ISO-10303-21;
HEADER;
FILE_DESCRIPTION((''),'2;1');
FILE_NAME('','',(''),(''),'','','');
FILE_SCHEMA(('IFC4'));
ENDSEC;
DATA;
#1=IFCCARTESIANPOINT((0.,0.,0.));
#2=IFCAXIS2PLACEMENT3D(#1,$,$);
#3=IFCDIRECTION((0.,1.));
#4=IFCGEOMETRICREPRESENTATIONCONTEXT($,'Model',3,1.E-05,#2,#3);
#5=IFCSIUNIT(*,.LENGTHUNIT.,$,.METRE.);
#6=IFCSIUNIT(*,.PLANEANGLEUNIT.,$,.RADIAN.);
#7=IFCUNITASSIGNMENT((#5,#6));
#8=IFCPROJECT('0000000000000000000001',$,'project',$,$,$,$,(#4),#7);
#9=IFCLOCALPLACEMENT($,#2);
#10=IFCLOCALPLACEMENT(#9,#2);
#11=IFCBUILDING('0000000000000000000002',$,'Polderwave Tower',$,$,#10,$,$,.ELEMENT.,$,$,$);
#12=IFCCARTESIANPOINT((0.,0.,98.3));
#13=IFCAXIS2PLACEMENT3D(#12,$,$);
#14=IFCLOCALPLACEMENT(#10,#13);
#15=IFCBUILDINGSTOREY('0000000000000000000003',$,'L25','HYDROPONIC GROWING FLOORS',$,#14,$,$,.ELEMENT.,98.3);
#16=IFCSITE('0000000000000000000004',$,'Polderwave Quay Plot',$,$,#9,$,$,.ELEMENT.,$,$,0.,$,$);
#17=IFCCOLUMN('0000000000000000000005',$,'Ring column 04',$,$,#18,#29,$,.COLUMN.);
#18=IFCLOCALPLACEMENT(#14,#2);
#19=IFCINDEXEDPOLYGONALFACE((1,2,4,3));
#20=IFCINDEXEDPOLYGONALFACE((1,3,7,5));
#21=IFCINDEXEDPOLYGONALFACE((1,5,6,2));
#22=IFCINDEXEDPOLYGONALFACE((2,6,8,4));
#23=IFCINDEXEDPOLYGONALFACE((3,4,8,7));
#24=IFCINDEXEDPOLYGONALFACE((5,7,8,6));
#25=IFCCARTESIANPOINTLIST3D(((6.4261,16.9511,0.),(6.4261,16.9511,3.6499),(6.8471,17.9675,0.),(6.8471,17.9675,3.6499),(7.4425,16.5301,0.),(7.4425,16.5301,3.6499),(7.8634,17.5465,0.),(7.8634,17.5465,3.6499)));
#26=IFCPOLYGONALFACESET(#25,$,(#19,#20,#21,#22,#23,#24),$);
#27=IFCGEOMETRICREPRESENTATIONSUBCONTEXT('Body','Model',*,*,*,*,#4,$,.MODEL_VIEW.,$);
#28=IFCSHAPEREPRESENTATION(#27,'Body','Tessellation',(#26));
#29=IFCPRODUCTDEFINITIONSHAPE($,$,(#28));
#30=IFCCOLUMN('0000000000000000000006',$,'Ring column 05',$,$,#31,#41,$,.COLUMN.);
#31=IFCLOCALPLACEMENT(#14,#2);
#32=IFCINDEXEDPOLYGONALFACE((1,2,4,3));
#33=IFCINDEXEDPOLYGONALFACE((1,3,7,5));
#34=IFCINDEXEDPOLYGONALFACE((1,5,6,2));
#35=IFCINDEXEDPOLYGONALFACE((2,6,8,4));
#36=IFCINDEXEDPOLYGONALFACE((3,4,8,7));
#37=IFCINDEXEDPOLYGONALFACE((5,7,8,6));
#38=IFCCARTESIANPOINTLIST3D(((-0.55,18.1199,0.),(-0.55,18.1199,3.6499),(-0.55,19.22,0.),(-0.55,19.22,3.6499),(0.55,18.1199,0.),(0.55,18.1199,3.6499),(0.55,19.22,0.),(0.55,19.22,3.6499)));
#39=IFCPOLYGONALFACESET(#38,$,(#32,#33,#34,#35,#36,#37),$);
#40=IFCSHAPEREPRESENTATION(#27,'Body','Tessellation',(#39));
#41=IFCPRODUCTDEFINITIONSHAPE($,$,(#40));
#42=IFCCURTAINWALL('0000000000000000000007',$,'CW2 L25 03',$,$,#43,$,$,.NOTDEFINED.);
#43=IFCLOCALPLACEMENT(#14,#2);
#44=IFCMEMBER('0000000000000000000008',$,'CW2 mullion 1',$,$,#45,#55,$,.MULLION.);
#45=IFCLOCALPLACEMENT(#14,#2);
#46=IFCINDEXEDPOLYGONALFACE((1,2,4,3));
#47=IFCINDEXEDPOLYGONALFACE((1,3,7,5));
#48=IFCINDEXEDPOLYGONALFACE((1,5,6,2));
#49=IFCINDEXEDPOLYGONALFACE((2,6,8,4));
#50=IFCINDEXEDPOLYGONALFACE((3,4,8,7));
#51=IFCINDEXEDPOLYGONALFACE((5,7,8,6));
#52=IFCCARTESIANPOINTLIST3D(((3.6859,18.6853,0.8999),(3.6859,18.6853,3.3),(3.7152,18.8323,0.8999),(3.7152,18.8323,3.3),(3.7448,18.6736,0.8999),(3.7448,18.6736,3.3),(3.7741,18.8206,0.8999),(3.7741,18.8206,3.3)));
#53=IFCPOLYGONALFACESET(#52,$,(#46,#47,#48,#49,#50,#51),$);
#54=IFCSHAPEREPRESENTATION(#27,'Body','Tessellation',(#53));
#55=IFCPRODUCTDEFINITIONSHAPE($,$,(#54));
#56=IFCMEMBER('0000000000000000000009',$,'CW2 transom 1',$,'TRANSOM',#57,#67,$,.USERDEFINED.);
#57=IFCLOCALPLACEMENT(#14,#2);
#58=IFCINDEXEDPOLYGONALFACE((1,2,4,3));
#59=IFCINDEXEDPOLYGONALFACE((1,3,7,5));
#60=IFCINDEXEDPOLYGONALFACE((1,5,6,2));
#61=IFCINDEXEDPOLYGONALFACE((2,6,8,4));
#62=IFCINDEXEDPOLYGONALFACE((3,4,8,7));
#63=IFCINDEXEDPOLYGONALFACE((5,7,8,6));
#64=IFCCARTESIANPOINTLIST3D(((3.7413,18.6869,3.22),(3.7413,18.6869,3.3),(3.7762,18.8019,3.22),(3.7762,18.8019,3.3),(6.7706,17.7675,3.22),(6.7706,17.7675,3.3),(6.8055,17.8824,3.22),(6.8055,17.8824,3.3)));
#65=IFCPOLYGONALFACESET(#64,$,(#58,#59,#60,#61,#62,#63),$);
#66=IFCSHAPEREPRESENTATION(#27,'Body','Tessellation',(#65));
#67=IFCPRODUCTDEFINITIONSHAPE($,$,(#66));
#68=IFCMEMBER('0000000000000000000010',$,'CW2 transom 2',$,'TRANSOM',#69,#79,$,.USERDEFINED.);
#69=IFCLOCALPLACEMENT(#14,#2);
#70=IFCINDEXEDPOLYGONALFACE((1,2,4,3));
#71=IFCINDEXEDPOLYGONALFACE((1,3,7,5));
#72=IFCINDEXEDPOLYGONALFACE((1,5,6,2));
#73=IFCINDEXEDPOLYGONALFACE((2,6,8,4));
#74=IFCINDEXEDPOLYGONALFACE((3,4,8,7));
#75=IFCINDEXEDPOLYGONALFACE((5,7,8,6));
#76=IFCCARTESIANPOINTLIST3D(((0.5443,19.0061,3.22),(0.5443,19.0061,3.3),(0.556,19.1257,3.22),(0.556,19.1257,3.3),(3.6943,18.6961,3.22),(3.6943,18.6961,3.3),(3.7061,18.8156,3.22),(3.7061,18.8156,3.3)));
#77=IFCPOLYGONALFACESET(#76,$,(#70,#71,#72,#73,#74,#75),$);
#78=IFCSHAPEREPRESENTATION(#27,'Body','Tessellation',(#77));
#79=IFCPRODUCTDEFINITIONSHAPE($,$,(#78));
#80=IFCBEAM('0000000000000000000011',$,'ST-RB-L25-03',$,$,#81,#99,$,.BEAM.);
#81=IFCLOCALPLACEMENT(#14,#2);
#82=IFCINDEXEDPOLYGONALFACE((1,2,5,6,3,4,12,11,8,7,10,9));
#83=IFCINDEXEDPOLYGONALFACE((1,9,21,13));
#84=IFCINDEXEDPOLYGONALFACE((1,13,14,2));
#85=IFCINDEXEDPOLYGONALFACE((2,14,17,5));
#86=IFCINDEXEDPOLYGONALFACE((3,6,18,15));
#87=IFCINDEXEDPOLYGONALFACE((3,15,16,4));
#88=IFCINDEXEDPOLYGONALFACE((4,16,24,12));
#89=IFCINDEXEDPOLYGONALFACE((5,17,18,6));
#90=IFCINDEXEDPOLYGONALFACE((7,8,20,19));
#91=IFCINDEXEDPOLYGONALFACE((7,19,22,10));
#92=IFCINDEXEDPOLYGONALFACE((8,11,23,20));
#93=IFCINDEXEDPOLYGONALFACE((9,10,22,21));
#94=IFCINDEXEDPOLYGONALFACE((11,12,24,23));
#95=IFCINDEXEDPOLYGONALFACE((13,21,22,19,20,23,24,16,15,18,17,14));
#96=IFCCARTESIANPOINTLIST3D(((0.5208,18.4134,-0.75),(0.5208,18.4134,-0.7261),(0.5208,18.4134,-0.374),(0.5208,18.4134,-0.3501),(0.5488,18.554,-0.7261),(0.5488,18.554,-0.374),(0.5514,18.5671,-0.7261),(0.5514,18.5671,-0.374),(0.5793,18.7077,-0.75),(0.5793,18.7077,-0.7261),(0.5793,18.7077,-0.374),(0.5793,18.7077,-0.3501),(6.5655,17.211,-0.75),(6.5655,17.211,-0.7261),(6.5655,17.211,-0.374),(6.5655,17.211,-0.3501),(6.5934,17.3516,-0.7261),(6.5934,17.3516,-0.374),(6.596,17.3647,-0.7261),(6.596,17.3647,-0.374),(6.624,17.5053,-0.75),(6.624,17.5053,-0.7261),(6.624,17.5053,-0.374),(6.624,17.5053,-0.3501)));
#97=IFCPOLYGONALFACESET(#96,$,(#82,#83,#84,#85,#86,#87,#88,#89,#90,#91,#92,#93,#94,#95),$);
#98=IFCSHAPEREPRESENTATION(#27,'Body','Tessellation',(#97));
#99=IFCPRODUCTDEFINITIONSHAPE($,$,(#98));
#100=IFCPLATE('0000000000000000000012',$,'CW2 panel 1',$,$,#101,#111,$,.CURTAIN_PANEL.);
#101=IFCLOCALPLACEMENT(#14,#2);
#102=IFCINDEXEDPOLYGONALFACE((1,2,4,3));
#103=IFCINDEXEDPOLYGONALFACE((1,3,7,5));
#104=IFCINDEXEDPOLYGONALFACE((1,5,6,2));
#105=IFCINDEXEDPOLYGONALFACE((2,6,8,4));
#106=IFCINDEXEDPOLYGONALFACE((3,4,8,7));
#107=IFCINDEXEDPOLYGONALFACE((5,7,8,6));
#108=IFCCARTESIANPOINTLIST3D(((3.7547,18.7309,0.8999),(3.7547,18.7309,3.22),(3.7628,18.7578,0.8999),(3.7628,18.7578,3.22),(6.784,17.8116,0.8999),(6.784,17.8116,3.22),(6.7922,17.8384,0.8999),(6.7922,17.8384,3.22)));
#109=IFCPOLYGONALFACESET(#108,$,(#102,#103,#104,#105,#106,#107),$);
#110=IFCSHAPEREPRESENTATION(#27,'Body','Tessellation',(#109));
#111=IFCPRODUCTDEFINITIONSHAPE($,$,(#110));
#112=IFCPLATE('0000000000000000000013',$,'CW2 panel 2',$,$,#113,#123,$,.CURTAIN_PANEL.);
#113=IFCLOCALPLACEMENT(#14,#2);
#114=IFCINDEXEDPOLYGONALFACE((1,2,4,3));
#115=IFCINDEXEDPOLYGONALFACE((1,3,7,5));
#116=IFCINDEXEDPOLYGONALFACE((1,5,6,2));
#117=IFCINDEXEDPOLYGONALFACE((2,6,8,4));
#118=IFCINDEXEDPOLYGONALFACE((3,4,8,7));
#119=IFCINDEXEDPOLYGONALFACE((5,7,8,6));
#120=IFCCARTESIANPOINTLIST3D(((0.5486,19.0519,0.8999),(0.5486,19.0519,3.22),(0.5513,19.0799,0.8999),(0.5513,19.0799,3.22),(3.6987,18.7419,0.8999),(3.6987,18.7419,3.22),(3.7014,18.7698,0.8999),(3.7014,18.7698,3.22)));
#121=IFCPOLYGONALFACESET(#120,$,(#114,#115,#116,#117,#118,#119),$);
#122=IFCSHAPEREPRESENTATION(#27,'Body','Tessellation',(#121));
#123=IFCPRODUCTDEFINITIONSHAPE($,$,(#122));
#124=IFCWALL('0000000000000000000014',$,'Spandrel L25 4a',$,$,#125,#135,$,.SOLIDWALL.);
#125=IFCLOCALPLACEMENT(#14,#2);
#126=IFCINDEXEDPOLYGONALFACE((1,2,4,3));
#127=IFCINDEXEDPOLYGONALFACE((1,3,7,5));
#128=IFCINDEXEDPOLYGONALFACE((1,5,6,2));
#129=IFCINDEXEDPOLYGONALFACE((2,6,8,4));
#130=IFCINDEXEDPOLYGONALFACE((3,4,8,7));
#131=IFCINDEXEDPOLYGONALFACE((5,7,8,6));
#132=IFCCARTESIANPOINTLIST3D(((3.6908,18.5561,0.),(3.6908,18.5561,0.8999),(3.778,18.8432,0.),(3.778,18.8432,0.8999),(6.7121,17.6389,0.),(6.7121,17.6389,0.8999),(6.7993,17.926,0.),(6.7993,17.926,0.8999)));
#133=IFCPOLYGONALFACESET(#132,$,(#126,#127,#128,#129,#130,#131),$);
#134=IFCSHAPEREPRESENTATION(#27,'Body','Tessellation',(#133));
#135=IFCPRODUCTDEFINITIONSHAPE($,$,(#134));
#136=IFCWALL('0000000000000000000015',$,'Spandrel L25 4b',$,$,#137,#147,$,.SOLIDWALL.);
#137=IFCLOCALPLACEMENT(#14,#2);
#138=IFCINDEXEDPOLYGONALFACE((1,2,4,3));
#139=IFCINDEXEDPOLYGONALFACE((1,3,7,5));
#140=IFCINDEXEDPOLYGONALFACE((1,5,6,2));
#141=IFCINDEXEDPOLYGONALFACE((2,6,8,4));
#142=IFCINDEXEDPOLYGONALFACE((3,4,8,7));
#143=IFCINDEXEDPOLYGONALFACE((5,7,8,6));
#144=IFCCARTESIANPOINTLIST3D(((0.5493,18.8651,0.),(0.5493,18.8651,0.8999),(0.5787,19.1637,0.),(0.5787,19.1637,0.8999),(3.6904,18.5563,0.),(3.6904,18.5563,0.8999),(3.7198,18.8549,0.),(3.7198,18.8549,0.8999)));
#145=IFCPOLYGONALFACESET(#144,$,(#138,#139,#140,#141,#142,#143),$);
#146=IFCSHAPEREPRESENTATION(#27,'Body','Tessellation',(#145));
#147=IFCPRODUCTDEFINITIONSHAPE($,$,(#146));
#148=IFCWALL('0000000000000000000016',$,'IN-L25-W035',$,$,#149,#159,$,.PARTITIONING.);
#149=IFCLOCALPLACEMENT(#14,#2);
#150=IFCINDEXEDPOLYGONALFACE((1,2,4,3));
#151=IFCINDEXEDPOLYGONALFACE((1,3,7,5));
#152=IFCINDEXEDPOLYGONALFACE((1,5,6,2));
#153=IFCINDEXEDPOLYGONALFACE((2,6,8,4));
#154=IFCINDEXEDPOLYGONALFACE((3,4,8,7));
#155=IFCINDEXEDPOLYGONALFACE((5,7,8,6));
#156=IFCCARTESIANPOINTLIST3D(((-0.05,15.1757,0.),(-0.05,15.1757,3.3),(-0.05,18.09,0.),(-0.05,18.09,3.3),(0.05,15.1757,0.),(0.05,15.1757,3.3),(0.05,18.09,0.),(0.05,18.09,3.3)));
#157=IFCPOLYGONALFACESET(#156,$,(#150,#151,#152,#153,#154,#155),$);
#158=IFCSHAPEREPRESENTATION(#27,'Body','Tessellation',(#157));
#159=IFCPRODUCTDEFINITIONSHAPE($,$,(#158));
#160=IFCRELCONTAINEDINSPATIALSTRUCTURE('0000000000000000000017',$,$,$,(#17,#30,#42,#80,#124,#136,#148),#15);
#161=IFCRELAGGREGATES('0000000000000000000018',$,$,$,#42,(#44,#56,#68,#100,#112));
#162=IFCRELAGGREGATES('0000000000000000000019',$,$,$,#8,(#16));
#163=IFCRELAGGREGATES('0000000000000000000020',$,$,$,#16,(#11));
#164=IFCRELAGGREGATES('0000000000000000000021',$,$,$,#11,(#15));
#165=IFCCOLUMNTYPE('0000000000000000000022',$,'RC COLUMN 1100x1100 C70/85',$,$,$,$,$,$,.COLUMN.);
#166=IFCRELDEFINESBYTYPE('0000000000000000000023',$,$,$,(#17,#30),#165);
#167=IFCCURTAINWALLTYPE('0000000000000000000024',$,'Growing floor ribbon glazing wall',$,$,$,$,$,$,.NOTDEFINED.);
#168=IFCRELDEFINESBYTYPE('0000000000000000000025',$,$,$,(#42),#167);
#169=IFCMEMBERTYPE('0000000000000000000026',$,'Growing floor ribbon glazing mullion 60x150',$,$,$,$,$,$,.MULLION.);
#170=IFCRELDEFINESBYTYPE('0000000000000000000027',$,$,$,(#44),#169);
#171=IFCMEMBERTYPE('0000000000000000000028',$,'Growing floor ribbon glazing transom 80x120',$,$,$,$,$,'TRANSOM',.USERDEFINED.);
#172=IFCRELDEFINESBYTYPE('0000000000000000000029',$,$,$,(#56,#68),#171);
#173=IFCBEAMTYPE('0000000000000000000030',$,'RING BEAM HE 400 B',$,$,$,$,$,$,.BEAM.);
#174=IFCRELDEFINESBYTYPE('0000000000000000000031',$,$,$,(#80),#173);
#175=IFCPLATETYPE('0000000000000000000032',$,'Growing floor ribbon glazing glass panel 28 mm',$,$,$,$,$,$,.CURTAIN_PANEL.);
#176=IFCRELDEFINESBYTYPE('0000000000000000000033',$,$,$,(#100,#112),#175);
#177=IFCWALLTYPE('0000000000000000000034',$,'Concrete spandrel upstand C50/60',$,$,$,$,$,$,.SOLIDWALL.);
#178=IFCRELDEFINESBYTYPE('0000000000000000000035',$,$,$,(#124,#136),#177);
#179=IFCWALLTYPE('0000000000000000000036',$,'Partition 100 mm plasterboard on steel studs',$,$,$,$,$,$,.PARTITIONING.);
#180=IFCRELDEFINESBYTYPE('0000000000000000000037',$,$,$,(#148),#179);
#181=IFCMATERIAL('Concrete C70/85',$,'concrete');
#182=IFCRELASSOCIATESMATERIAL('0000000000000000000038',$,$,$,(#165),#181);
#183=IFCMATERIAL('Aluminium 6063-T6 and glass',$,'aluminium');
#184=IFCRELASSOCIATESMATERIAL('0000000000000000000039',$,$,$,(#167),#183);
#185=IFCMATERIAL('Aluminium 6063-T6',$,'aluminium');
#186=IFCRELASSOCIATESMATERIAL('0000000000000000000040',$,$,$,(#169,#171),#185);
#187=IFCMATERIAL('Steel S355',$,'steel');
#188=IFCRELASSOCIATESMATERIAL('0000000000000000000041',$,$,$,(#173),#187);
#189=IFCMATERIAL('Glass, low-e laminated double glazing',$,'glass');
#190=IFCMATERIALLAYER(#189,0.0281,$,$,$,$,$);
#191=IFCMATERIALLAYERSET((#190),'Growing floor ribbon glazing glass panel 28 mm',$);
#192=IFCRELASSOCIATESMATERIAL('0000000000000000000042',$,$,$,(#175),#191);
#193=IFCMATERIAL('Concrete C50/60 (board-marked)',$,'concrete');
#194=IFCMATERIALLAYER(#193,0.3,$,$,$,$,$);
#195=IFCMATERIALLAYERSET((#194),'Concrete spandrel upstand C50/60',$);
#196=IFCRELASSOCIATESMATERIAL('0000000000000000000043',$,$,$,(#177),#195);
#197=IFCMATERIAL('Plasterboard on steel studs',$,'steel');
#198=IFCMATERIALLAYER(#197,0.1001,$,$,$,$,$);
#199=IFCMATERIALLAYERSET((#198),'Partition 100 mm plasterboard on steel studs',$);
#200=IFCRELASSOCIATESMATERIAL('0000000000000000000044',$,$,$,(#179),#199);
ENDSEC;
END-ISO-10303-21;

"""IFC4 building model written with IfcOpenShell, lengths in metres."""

from ifc_helpers import new_model, si_unit, direction, frame, frame_2d, origin, origin_2d, place, context, subcontext, project, spatial, rectangle, i_section, extrude, material, layer, layer_set, material_profile, profile_set, type_object, element, aggregate, save


model = new_model("IFC4")

# Units and contexts
model_context = context("Model", 3, precision=1e-05, world=origin(), true_north=direction((0.0, 1.0)))
body_context = subcontext(model_context, "Body", "Model", "MODEL_VIEW")
ifc_project = project(units=[si_unit("LENGTHUNIT", "METRE"), si_unit("PLANEANGLEUNIT", "RADIAN")], contexts=[model_context])

# Site, building, storey
site_placement = place(None, origin())
site = spatial("IfcSite", under=ifc_project, at=site_placement, Name="Polderwave Quay Plot", CompositionType="ELEMENT", RefElevation=0.0)
building_placement = place(site_placement, origin())
building = spatial("IfcBuilding", under=site, at=building_placement, Name="Polderwave Tower", CompositionType="ELEMENT")
storey_placement = place(building_placement, frame((0.0, 0.0, 98.3)))
storey = spatial("IfcBuildingStorey", under=building, at=storey_placement, Name="L25", Description="HYDROPONIC GROWING FLOORS", CompositionType="ELEMENT", Elevation=98.3)

# Columns
ifc_material_1 = material(Name="Concrete C70/85", Category="concrete")
ifc_material_profile_1 = material_profile(ifc_material_1, rectangle(XDim=1.1001, YDim=1.1001, at=origin_2d()), Name="RC 1100x1100")
ifc_profile_set_1 = profile_set([ifc_material_profile_1], Name="Concrete C70/85")
column_type = type_object("IfcColumnType", Name="RC COLUMN 1100x1100 C70/85", PredefinedType="COLUMN", material=ifc_profile_set_1)
for number, where, z_axis, x_axis, name in (
    (1, (7.1448, 17.2488, 0.0), (0.0, 0.0, 1.0), (0.382683, 0.92388, 0.0), "Ring column 04"),
    (2, (0.0, 18.6699, 0.0), (0.0, 0.0, 1.0), (0.0, 1.0, 0.0), "Ring column 05"),
):
    element("IfcColumn", number, at=place(storey_placement, frame(where, z_axis=z_axis, x_axis=x_axis)), inside=storey, type_object=column_type, Name=name, PredefinedType="COLUMN", context=body_context, shape_type="SweptSolid", body=[
        extrude(rectangle(XDim=1.1001, YDim=1.1001, at=origin_2d()), origin(), (0.0, 0.0, 1.0), 3.6499),
    ])

# Curtain wall, members
ifc_material_2 = material(Name="Aluminium 6063-T6 and glass", Category="aluminium")
curtain_wall_type = type_object("IfcCurtainWallType", Name="Growing floor ribbon glazing wall", PredefinedType="NOTDEFINED", material=ifc_material_2)
curtain_wall_placement = place(storey_placement, origin())
curtain_wall = element("IfcCurtainWall", 3, at=curtain_wall_placement, inside=storey, type_object=curtain_wall_type, Name="CW2 L25 03", PredefinedType="NOTDEFINED")
ifc_material_3 = material(Name="Aluminium 6063-T6", Category="aluminium")
ifc_material_profile_2 = material_profile(ifc_material_3, rectangle(XDim=0.1499, YDim=0.0601, at=origin_2d()), Name="AL 60x150")
ifc_profile_set_2 = profile_set([ifc_material_profile_2], Name="Aluminium 6063-T6")
member_type_1 = type_object("IfcMemberType", Name="Growing floor ribbon glazing mullion 60x150", PredefinedType="MULLION", material=ifc_profile_set_2)
member_1_placement = place(storey_placement, frame((3.73, 18.7529, 0.8999), z_axis=(0.0, 0.0, 1.0), x_axis=(-0.195113, -0.980781, 0.0)))
member_1 = element("IfcMember", 4, at=member_1_placement, type_object=member_type_1, Name="CW2 mullion 1", PredefinedType="MULLION", context=body_context, shape_type="SweptSolid", body=[
    extrude(rectangle(XDim=0.1499, YDim=0.0601, at=origin_2d()), origin(), (0.0, 0.0, 1.0), 2.4001),
])
ifc_material_profile_3 = material_profile(ifc_material_3, rectangle(XDim=0.1201, YDim=0.0801, at=origin_2d()), Name="AL 80x120")
ifc_profile_set_3 = profile_set([ifc_material_profile_3], Name="Aluminium 6063-T6")
member_type_2 = type_object("IfcMemberType", Name="Growing floor ribbon glazing transom 80x120", ElementType="TRANSOM", PredefinedType="USERDEFINED", material=ifc_profile_set_3)
member_2_placement = place(storey_placement, frame((6.7881, 17.825, 3.26), z_axis=(-0.956896, 0.290431, 0.0), x_axis=(-0.290431, -0.956896, 0.0)))
member_2 = element("IfcMember", 5, at=member_2_placement, type_object=member_type_2, Name="CW2 transom 1", ObjectType="TRANSOM", PredefinedType="USERDEFINED", context=body_context, shape_type="SweptSolid", body=[
    extrude(rectangle(XDim=0.1201, YDim=0.0801, at=origin_2d()), origin(), (0.0, 0.0, 1.0), 3.1658),
])
member_3_placement = place(storey_placement, frame((3.7002, 18.7559, 3.26), z_axis=(-0.995191, 0.097953, 0.0), x_axis=(-0.097953, -0.995191, 0.0)))
member_3 = element("IfcMember", 6, at=member_3_placement, type_object=member_type_2, Name="CW2 transom 2", ObjectType="TRANSOM", PredefinedType="USERDEFINED", context=body_context, shape_type="SweptSolid", body=[
    extrude(rectangle(XDim=0.1201, YDim=0.0801, at=origin_2d()), origin(), (0.0, 0.0, 1.0), 3.1653),
])

# Beam
ifc_material_4 = material(Name="Steel S355", Category="steel")
ifc_material_profile_4 = material_profile(ifc_material_4, i_section(OverallWidth=0.3, OverallDepth=0.3999, WebThickness=0.0134, FlangeThickness=0.0239, at=origin_2d()), Name="HE 400 B")
ifc_profile_set_4 = profile_set([ifc_material_profile_4], Name="Steel S355")
beam_type = type_object("IfcBeamType", Name="RING BEAM HE 400 B", PredefinedType="BEAM", material=ifc_profile_set_4)
beam_placement = place(storey_placement, frame((6.5947, 17.3582, -0.55), z_axis=(-0.980784, 0.195095, 0.0), x_axis=(-0.195095, -0.980784, 0.0)))
element("IfcBeam", 7, at=beam_placement, inside=storey, type_object=beam_type, Name="ST-RB-L25-03", PredefinedType="BEAM", context=body_context, shape_type="SweptSolid", body=[
    extrude(i_section(OverallWidth=0.3, OverallDepth=0.3999, WebThickness=0.0134, FlangeThickness=0.0239, at=origin_2d()), origin(), (0.0, 0.0, 1.0), 6.1631),
])

# Plates
ifc_material_5 = material(Name="Glass, low-e laminated double glazing", Category="glass")
ifc_layer_1 = layer(ifc_material_5, 0.0281)
ifc_layer_set_1 = layer_set([ifc_layer_1], Name="Growing floor ribbon glazing glass panel 28 mm")
plate_type = type_object("IfcPlateType", Name="Growing floor ribbon glazing glass panel 28 mm", PredefinedType="CURTAIN_PANEL", material=ifc_layer_set_1)
plate_1_placement = place(storey_placement, frame((5.2734, 18.2847, 0.8999), z_axis=(0.0, 0.0, 1.0), x_axis=(-0.956908, 0.29039, 0.0)))
plate_1 = element("IfcPlate", 8, at=plate_1_placement, type_object=plate_type, Name="CW2 panel 1", PredefinedType="CURTAIN_PANEL", context=body_context, shape_type="SweptSolid", body=[
    extrude(rectangle(XDim=3.1658, YDim=0.0281, at=origin_2d()), origin(), (0.0, 0.0, 1.0), 2.3201),
])
plate_2_placement = place(storey_placement, frame((2.125, 18.9109, 0.8999), z_axis=(0.0, 0.0, 1.0), x_axis=(-0.995191, 0.097955, 0.0)))
plate_2 = element("IfcPlate", 9, at=plate_2_placement, type_object=plate_type, Name="CW2 panel 2", PredefinedType="CURTAIN_PANEL", context=body_context, shape_type="SweptSolid", body=[
    extrude(rectangle(XDim=3.1653, YDim=0.0281, at=origin_2d()), origin(), (0.0, 0.0, 1.0), 2.3201),
])
aggregate(curtain_wall, [member_1, member_2, member_3, plate_1, plate_2])

# Walls
ifc_material_6 = material(Name="Concrete C50/60 (board-marked)", Category="concrete")
ifc_layer_2 = layer(ifc_material_6, 0.3)
ifc_layer_set_2 = layer_set([ifc_layer_2], Name="Concrete spandrel upstand C50/60")
wall_type_1 = type_object("IfcWallType", Name="Concrete spandrel upstand C50/60", PredefinedType="SOLIDWALL", material=ifc_layer_set_2)
wall_1_placement = place(storey_placement, frame((6.7556, 17.7825, 0.0), z_axis=(0.0, 0.0, 1.0), x_axis=(-0.956874, 0.290503, 0.0)))
element("IfcWall", 10, at=wall_1_placement, inside=storey, type_object=wall_type_1, Name="Spandrel L25 4a", PredefinedType="SOLIDWALL", context=body_context, shape_type="SweptSolid", body=[
    extrude(rectangle(XDim=3.1575, YDim=0.3, at=frame_2d((1.5786, 0.0))), origin(), (0.0, 0.0, 1.0), 0.8999),
])
wall_2_placement = place(storey_placement, frame((3.7051, 18.7056, 0.0), z_axis=(0.0, 0.0, 1.0), x_axis=(-0.995201, 0.097849, 0.0)))
element("IfcWall", 11, at=wall_2_placement, inside=storey, type_object=wall_type_1, Name="Spandrel L25 4b", PredefinedType="SOLIDWALL", context=body_context, shape_type="SweptSolid", body=[
    extrude(rectangle(XDim=3.1562, YDim=0.3, at=frame_2d((1.5781, 0.0))), origin(), (0.0, 0.0, 1.0), 0.8999),
])
ifc_material_7 = material(Name="Plasterboard on steel studs", Category="steel")
ifc_layer_3 = layer(ifc_material_7, 0.1001)
ifc_layer_set_3 = layer_set([ifc_layer_3], Name="Partition 100 mm plasterboard on steel studs")
wall_type_2 = type_object("IfcWallType", Name="Partition 100 mm plasterboard on steel studs", PredefinedType="PARTITIONING", material=ifc_layer_set_3)
wall_3_placement = place(storey_placement, frame((0.0, 15.1758, 0.0), z_axis=(0.0, 0.0, 1.0), x_axis=(0.0, 1.0, 0.0)))
element("IfcWall", 12, at=wall_3_placement, inside=storey, type_object=wall_type_2, Name="IN-L25-W035", PredefinedType="PARTITIONING", context=body_context, shape_type="SweptSolid", body=[
    extrude(rectangle(XDim=2.9143, YDim=0.1001, at=frame_2d((1.457, 0.0))), origin(), (0.0, 0.0, 1.0), 3.3),
])

save(model, "model.ifc")
